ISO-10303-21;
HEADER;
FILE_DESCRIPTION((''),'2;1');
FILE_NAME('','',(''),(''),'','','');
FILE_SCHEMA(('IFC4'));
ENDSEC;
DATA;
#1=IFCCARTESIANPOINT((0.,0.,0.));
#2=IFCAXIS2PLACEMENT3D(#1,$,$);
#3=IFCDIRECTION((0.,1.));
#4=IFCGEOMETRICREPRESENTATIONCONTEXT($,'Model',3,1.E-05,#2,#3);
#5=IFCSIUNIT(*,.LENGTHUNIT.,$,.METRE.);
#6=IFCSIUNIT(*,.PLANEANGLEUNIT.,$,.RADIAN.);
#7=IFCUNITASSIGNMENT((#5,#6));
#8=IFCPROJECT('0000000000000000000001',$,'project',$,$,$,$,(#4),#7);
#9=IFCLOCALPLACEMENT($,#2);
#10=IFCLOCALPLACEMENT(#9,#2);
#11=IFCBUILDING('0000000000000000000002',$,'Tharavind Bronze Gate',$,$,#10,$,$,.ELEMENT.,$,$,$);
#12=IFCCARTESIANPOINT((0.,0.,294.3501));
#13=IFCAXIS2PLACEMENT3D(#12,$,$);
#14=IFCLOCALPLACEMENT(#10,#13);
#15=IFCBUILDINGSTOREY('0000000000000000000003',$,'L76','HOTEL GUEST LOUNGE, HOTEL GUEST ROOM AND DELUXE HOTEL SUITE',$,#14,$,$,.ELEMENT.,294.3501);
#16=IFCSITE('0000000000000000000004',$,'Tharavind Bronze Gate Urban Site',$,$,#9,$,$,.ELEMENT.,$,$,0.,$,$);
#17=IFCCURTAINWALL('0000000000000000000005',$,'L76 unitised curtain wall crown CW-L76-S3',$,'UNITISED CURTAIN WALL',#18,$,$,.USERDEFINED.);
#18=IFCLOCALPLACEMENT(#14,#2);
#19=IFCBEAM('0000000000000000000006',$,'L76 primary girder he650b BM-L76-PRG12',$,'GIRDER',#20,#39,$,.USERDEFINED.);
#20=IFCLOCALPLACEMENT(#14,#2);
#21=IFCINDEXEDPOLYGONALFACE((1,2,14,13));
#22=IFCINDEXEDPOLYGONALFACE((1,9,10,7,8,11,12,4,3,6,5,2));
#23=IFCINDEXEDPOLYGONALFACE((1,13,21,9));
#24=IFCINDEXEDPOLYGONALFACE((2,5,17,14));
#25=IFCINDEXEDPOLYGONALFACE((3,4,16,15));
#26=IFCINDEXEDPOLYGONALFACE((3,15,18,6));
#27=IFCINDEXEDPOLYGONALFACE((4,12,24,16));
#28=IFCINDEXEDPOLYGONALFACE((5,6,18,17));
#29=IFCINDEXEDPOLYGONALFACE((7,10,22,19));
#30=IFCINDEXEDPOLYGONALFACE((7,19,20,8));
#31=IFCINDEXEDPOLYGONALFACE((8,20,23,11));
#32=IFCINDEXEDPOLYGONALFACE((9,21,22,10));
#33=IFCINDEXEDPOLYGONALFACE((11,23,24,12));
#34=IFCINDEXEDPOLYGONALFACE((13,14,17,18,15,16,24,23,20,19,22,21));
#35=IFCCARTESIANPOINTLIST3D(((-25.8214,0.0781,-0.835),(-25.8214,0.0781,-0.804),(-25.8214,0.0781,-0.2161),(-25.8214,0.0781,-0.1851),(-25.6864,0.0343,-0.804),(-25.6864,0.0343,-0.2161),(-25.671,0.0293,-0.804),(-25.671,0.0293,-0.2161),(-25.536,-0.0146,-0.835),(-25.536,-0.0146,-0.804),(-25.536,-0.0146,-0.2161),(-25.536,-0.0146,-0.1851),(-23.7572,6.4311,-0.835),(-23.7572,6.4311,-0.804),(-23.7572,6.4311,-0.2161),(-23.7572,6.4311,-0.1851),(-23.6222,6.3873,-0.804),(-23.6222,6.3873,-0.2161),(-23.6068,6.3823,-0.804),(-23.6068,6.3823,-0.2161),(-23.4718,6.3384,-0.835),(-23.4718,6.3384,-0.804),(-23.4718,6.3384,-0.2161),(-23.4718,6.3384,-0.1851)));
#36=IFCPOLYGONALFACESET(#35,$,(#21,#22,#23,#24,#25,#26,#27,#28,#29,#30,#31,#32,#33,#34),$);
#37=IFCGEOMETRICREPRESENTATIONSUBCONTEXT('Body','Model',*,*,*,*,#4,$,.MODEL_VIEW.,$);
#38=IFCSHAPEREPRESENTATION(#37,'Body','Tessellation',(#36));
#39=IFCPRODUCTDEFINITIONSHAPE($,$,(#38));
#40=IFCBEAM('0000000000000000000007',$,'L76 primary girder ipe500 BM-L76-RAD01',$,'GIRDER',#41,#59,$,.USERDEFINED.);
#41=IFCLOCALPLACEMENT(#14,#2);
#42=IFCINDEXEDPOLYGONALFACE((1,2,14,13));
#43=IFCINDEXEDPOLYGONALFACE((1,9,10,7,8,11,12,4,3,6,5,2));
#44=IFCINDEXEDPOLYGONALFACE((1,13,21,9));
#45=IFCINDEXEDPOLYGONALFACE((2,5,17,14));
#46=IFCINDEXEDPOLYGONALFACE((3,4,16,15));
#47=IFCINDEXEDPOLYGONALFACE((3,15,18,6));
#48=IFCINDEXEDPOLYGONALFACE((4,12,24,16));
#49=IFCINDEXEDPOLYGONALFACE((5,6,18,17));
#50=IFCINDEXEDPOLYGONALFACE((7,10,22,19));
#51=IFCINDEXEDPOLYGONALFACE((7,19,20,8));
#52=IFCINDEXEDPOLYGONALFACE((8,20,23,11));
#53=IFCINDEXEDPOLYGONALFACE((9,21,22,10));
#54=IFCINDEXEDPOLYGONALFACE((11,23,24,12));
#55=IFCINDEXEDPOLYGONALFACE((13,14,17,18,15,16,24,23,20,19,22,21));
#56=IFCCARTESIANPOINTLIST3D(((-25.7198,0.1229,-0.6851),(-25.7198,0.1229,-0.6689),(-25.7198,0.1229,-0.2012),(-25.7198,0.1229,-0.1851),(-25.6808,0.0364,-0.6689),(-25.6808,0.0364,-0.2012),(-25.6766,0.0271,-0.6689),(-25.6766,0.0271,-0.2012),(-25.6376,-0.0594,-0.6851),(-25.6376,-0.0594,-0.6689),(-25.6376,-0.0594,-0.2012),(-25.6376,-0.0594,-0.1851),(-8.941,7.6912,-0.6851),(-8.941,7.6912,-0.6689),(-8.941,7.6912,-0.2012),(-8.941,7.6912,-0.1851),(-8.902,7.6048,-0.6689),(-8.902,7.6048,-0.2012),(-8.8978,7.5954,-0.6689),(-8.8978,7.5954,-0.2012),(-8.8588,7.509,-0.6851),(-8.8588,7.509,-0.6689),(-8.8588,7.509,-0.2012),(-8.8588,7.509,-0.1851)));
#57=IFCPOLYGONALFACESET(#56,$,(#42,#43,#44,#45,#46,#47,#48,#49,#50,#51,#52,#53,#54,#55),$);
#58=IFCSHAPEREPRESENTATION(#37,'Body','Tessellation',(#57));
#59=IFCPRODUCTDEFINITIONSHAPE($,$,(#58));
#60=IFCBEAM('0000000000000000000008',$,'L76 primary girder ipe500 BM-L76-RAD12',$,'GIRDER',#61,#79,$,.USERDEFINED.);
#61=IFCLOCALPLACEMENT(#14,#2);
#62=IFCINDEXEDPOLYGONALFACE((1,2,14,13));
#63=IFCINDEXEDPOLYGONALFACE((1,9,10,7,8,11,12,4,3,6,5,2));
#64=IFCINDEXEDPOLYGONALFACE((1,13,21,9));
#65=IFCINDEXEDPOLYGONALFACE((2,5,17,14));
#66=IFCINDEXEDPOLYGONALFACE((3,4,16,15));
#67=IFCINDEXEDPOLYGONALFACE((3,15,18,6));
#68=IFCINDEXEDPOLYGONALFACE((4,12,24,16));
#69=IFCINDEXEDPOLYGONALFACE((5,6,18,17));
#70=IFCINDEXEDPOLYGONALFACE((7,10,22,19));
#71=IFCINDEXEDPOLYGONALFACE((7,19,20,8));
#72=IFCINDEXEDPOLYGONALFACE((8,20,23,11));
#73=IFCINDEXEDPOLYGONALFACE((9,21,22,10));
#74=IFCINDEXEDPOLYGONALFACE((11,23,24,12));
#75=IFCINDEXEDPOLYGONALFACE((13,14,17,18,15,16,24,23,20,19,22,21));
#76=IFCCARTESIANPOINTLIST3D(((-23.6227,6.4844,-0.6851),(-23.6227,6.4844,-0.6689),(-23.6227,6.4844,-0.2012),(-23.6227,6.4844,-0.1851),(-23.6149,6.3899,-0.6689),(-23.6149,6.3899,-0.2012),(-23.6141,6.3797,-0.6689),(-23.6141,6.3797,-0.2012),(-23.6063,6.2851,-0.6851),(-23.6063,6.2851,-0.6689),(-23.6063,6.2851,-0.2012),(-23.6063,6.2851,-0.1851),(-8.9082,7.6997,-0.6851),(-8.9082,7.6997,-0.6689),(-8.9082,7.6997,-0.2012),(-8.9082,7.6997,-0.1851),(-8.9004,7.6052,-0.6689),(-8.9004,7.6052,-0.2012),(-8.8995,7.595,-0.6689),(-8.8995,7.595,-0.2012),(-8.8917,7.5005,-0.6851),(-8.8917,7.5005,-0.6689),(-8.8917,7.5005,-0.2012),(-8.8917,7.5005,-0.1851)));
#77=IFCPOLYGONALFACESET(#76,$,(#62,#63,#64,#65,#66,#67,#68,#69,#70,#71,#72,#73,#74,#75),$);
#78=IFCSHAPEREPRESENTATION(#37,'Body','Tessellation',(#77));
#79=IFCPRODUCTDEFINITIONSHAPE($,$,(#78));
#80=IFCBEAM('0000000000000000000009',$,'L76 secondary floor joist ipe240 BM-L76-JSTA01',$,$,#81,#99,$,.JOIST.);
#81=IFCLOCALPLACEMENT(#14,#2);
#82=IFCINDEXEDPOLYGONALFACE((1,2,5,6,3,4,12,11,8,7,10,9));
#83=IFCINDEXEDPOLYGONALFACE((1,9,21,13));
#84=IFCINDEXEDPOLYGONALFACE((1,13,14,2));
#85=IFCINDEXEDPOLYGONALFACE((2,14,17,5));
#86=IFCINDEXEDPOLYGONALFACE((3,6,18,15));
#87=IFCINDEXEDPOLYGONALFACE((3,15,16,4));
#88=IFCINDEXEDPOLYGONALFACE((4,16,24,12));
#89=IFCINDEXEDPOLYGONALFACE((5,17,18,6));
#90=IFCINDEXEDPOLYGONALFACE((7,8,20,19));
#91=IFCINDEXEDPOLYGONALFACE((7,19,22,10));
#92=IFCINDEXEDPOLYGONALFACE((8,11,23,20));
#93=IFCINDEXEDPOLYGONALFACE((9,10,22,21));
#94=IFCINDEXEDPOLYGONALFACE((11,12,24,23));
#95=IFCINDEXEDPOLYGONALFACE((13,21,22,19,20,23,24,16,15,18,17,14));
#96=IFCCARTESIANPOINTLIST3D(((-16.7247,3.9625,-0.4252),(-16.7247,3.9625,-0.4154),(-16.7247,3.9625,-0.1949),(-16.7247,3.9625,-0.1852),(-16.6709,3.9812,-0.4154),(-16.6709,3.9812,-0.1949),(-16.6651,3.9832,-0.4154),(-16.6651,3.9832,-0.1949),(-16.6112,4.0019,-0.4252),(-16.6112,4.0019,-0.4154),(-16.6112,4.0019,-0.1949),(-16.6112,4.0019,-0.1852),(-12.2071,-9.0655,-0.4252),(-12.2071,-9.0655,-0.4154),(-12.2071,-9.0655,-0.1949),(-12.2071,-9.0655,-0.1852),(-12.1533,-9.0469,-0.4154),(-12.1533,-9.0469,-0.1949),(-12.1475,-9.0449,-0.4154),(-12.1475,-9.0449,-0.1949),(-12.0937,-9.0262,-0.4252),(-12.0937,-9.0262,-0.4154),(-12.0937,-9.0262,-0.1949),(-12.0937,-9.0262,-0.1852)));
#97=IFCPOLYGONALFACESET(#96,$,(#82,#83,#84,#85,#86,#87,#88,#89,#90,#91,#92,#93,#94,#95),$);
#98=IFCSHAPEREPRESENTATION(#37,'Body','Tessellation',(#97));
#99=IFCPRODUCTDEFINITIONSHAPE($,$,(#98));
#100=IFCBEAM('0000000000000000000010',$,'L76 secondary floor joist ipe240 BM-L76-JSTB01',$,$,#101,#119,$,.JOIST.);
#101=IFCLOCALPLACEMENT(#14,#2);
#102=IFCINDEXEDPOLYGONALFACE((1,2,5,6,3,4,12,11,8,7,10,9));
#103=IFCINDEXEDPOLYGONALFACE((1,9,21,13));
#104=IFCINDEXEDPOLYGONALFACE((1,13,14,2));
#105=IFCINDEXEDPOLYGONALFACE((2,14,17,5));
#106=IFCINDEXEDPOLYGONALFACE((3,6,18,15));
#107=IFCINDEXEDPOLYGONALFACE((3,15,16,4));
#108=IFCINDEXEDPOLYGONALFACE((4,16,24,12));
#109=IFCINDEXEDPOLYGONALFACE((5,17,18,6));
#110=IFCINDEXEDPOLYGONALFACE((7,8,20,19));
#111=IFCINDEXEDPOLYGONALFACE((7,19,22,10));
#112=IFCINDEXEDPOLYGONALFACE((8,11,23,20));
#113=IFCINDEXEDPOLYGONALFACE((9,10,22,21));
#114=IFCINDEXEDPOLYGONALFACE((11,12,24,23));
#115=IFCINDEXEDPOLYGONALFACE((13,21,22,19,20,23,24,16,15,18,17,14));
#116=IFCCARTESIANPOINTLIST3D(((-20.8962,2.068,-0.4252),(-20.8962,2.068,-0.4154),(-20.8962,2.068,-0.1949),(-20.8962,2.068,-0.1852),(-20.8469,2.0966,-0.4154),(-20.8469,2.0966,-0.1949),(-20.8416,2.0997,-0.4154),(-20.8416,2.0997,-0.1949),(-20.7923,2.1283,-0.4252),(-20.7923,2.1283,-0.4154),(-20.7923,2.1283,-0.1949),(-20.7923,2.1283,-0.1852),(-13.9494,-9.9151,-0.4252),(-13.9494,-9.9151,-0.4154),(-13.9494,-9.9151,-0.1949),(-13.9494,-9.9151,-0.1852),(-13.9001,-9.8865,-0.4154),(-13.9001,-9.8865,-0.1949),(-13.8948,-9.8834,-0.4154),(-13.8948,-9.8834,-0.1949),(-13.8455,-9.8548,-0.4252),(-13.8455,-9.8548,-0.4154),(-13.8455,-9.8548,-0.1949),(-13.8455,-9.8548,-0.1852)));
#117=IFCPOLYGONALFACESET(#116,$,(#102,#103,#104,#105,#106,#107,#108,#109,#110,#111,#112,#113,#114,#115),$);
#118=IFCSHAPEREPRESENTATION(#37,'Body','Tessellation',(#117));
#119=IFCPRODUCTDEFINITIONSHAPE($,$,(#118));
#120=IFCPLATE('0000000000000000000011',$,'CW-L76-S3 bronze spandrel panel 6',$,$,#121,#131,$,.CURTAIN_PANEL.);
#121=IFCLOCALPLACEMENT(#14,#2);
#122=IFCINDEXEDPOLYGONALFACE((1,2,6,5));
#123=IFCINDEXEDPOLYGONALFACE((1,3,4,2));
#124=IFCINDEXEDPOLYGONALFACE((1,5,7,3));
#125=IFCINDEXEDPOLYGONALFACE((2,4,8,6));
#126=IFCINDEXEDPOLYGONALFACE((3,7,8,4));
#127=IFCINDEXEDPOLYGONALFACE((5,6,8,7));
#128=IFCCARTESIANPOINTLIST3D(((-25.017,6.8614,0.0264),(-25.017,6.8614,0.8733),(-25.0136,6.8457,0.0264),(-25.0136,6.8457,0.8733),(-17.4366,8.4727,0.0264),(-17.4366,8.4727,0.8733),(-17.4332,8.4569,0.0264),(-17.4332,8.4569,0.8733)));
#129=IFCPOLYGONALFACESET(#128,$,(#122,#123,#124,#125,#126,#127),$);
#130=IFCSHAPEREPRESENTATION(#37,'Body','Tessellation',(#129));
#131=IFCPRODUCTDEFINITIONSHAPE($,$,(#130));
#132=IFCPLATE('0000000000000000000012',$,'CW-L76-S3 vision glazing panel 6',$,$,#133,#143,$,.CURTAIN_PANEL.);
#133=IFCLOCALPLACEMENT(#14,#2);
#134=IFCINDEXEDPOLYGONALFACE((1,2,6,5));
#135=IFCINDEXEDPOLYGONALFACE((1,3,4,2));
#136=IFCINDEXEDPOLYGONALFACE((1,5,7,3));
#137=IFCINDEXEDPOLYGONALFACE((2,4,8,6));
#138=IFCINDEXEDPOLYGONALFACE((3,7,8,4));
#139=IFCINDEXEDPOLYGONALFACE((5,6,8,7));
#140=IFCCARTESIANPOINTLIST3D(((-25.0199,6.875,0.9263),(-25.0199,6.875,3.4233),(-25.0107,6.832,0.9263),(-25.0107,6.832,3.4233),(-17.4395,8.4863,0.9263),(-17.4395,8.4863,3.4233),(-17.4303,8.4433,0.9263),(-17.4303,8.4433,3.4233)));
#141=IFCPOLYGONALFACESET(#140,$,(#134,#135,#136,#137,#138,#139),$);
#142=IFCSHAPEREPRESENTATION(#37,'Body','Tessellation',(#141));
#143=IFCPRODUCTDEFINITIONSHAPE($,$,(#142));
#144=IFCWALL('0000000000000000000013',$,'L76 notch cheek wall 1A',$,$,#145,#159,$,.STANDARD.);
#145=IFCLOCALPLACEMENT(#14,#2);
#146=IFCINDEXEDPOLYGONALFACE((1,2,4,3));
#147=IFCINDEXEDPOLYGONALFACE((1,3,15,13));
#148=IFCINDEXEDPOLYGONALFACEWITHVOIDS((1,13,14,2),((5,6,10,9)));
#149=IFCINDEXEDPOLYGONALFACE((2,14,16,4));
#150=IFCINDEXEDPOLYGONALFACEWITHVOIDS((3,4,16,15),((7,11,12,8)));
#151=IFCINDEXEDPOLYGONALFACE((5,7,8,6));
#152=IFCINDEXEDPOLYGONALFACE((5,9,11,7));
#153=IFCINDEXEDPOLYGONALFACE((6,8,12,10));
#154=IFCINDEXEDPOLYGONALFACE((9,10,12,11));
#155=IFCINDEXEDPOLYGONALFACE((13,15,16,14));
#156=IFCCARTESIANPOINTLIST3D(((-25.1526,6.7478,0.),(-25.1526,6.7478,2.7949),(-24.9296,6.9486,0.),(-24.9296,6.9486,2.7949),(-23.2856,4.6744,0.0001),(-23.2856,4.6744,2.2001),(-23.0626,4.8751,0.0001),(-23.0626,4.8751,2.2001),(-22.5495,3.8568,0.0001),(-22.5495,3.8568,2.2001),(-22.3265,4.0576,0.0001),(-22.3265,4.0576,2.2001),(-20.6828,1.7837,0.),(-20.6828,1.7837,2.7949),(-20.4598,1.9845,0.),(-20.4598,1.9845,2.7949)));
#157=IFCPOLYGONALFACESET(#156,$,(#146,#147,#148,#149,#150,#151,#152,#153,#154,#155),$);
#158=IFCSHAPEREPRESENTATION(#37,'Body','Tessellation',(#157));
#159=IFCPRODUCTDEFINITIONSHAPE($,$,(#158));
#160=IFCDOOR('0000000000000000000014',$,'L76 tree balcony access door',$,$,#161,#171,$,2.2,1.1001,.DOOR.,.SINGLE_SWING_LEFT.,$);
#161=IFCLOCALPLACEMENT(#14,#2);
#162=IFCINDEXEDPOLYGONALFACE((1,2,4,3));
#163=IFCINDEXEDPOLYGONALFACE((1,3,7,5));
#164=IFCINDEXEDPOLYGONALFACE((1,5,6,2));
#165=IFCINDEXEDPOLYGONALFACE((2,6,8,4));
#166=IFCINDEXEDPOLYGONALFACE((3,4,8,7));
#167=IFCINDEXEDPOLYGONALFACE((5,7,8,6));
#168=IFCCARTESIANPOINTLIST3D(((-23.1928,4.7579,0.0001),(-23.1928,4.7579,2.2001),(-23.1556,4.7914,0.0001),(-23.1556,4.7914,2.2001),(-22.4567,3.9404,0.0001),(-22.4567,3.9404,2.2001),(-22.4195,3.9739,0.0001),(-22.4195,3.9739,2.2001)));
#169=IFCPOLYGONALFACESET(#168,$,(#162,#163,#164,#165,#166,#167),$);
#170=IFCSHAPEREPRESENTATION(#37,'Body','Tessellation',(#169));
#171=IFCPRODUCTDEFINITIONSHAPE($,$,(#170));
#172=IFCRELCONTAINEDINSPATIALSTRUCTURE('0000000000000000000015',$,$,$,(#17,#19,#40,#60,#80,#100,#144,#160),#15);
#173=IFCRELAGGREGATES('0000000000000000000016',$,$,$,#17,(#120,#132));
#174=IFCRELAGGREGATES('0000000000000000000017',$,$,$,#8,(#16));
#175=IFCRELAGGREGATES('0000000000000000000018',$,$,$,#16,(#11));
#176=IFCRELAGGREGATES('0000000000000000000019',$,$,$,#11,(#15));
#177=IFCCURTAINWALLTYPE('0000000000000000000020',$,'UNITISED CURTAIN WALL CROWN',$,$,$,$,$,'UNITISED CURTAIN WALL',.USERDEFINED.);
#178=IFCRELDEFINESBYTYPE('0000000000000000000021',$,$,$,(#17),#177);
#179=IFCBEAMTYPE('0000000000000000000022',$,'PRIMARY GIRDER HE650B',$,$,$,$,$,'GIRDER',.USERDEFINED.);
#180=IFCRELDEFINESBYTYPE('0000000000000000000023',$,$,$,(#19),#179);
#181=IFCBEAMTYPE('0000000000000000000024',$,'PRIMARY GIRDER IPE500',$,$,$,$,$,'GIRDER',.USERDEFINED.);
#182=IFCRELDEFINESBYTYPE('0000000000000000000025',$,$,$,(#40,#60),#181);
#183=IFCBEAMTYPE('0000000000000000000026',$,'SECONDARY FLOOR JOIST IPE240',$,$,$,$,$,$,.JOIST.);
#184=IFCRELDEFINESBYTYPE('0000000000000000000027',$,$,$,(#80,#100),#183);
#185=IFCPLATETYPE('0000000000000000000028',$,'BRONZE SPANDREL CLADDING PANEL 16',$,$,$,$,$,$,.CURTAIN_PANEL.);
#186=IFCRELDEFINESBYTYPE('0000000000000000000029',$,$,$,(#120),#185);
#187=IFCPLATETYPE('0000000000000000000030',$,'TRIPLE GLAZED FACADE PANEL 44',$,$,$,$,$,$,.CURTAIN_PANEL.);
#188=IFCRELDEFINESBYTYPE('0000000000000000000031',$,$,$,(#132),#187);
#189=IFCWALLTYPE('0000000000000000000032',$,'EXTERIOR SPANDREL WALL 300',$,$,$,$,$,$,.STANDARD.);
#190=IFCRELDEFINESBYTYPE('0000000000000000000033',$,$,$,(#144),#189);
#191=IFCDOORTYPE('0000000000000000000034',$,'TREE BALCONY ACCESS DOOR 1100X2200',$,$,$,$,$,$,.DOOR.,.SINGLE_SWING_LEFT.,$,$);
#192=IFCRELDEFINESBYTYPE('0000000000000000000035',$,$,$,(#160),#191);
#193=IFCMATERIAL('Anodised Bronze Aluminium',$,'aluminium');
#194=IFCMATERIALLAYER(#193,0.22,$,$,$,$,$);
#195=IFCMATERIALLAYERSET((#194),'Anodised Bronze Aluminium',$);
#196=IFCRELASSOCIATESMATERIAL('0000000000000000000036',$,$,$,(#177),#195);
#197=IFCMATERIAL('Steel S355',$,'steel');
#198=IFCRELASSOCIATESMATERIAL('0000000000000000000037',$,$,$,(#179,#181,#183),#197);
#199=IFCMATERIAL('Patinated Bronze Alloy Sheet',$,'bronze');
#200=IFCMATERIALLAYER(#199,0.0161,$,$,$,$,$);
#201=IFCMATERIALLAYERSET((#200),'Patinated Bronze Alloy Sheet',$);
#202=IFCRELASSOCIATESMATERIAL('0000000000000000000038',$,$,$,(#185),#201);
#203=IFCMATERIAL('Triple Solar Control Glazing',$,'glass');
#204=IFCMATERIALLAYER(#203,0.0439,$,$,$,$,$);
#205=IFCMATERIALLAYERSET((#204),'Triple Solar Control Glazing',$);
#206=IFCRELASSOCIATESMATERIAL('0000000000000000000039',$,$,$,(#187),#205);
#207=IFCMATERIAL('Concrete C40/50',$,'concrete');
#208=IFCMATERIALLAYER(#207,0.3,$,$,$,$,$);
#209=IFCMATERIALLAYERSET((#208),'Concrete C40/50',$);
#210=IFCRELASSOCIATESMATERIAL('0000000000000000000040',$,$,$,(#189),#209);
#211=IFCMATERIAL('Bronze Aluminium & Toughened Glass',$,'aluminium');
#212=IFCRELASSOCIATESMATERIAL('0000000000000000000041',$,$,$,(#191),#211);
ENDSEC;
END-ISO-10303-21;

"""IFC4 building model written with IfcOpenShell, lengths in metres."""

from ifc_helpers import new_model, si_unit, direction, frame, frame_2d, origin, origin_2d, place, context, subcontext, project, spatial, rectangle, i_section, extrude, material, layer, layer_set, material_profile, profile_set, type_object, element, fill, aggregate, save


model = new_model("IFC4")

# Units and contexts
model_context = context("Model", 3, precision=1e-05, world=origin(), true_north=direction((0.0, 1.0)))
body_context = subcontext(model_context, "Body", "Model", "MODEL_VIEW")
ifc_project = project(units=[si_unit("LENGTHUNIT", "METRE"), si_unit("PLANEANGLEUNIT", "RADIAN")], contexts=[model_context])

# Site, building, storey
site_placement = place(None, origin())
site = spatial("IfcSite", under=ifc_project, at=site_placement, Name="Tharavind Bronze Gate Urban Site", CompositionType="ELEMENT", RefElevation=0.0)
building_placement = place(site_placement, origin())
building = spatial("IfcBuilding", under=site, at=building_placement, Name="Tharavind Bronze Gate", CompositionType="ELEMENT")
storey_placement = place(building_placement, frame((0.0, 0.0, 294.3501)))
storey = spatial("IfcBuildingStorey", under=building, at=storey_placement, Name="L76", Description="HOTEL GUEST LOUNGE, HOTEL GUEST ROOM AND DELUXE HOTEL SUITE", CompositionType="ELEMENT", Elevation=294.3501)

# Shared definitions
ifc_material_1 = material(Name="Anodised Bronze Aluminium", Category="aluminium")
ifc_layer_1 = layer(ifc_material_1, 0.22)
ifc_layer_set_1 = layer_set([ifc_layer_1], Name="Anodised Bronze Aluminium")
curtain_wall_type = type_object("IfcCurtainWallType", Name="UNITISED CURTAIN WALL CROWN", ElementType="UNITISED CURTAIN WALL", PredefinedType="USERDEFINED", material=ifc_layer_set_1)

# Curtain wall
curtain_wall_1_placement = place(storey_placement, origin())
curtain_wall_1 = element("IfcCurtainWall", 1, at=curtain_wall_1_placement, inside=storey, type_object=curtain_wall_type, Name="L76 unitised curtain wall crown CW-L76-S3", ObjectType="UNITISED CURTAIN WALL", PredefinedType="USERDEFINED")

# Beams
ifc_material_2 = material(Name="Steel S355", Category="steel")
ifc_material_profile_1 = material_profile(ifc_material_2, i_section(OverallWidth=0.3, OverallDepth=0.6499, WebThickness=0.0161, FlangeThickness=0.031, at=origin_2d()), Name="HE650B")
ifc_profile_set_1 = profile_set([ifc_material_profile_1], Name="Steel S355")
beam_type_1 = type_object("IfcBeamType", Name="PRIMARY GIRDER HE650B", ElementType="GIRDER", PredefinedType="USERDEFINED", material=ifc_profile_set_1)
beam_1_placement = place(storey_placement, frame((-23.6145, 6.3848, -0.51), z_axis=(-0.309015, -0.951057, 0.0), x_axis=(0.951057, -0.309015, 0.0)))
element("IfcBeam", 2, at=beam_1_placement, inside=storey, type_object=beam_type_1, Name="L76 primary girder he650b BM-L76-PRG12", ObjectType="GIRDER", PredefinedType="USERDEFINED", context=body_context, shape_type="SweptSolid", body=[
    extrude(i_section(OverallWidth=0.3, OverallDepth=0.6499, WebThickness=0.0161, FlangeThickness=0.031, at=origin_2d()), origin(), (0.0, 0.0, 1.0), 6.6799),
])
ifc_material_profile_2 = material_profile(ifc_material_2, i_section(OverallWidth=0.2, OverallDepth=0.5, WebThickness=0.0103, FlangeThickness=0.0161, at=origin_2d()), Name="IPE500")
ifc_profile_set_2 = profile_set([ifc_material_profile_2], Name="Steel S355")
beam_type_2 = type_object("IfcBeamType", Name="PRIMARY GIRDER IPE500", ElementType="GIRDER", PredefinedType="USERDEFINED", material=ifc_profile_set_2)
beam_2_placement = place(storey_placement, frame((-25.6787, 0.0317, -0.4351), z_axis=(0.911557, 0.411173, 0.0), x_axis=(-0.411173, 0.911557, 0.0)))
element("IfcBeam", 3, at=beam_2_placement, inside=storey, type_object=beam_type_2, Name="L76 primary girder ipe500 BM-L76-RAD01", ObjectType="GIRDER", PredefinedType="USERDEFINED", context=body_context, shape_type="SweptSolid", body=[
    extrude(i_section(OverallWidth=0.2, OverallDepth=0.5, WebThickness=0.0103, FlangeThickness=0.0161, at=origin_2d()), origin(), (0.0, 0.0, 1.0), 18.4067),
])
beam_3_placement = place(storey_placement, frame((-23.6145, 6.3848, -0.4351), z_axis=(0.996606, 0.082313, 0.0), x_axis=(-0.082313, 0.996606, 0.0)))
element("IfcBeam", 4, at=beam_3_placement, inside=storey, type_object=beam_type_2, Name="L76 primary girder ipe500 BM-L76-RAD12", ObjectType="GIRDER", PredefinedType="USERDEFINED", context=body_context, shape_type="SweptSolid", body=[
    extrude(i_section(OverallWidth=0.2, OverallDepth=0.5, WebThickness=0.0103, FlangeThickness=0.0161, at=origin_2d()), origin(), (0.0, 0.0, 1.0), 14.7646),
])
ifc_material_profile_3 = material_profile(ifc_material_2, i_section(OverallWidth=0.1201, OverallDepth=0.24, WebThickness=0.0061, FlangeThickness=0.0098, at=origin_2d()), Name="IPE240")
ifc_profile_set_3 = profile_set([ifc_material_profile_3], Name="Steel S355")
beam_type_3 = type_object("IfcBeamType", Name="SECONDARY FLOOR JOIST IPE240", PredefinedType="JOIST", material=ifc_profile_set_3)
beam_4_placement = place(storey_placement, frame((-16.668, 3.9822, -0.3052), z_axis=(0.32762, -0.94481, 0.0), x_axis=(0.94481, 0.32762, 0.0)))
element("IfcBeam", 5, at=beam_4_placement, inside=storey, type_object=beam_type_3, Name="L76 secondary floor joist ipe240 BM-L76-JSTA01", PredefinedType="JOIST", context=body_context, shape_type="SweptSolid", body=[
    extrude(i_section(OverallWidth=0.1201, OverallDepth=0.24, WebThickness=0.0061, FlangeThickness=0.0098, at=origin_2d()), origin(), (0.0, 0.0, 1.0), 13.7891),
])
beam_5_placement = place(storey_placement, frame((-20.8442, 2.0981, -0.3052), z_axis=(0.501532, -0.865139, 0.0), x_axis=(0.865139, 0.501532, 0.0)))
element("IfcBeam", 6, at=beam_5_placement, inside=storey, type_object=beam_type_3, Name="L76 secondary floor joist ipe240 BM-L76-JSTB01", PredefinedType="JOIST", context=body_context, shape_type="SweptSolid", body=[
    extrude(i_section(OverallWidth=0.1201, OverallDepth=0.24, WebThickness=0.0061, FlangeThickness=0.0098, at=origin_2d()), origin(), (0.0, 0.0, 1.0), 13.8511),
])

# Plates
ifc_material_3 = material(Name="Patinated Bronze Alloy Sheet", Category="bronze")
ifc_layer_2 = layer(ifc_material_3, 0.0161)
ifc_layer_set_2 = layer_set([ifc_layer_2], Name="Patinated Bronze Alloy Sheet")
plate_type_1 = type_object("IfcPlateType", Name="BRONZE SPANDREL CLADDING PANEL 16", PredefinedType="CURTAIN_PANEL", material=ifc_layer_set_2)
plate_1_placement = place(storey_placement, frame((-21.2251, 7.6592, 0.0264), z_axis=(0.0, 0.0, 1.0), x_axis=(-0.978147, -0.207913, 0.0)))
plate_1 = element("IfcPlate", 7, at=plate_1_placement, type_object=plate_type_1, Name="CW-L76-S3 bronze spandrel panel 6", PredefinedType="CURTAIN_PANEL", context=body_context, shape_type="SweptSolid", body=[
    extrude(rectangle(XDim=7.7498, YDim=0.0161, at=origin_2d()), origin(), (0.0, 0.0, 1.0), 0.8469),
])
ifc_material_4 = material(Name="Triple Solar Control Glazing", Category="glass")
ifc_layer_3 = layer(ifc_material_4, 0.0439)
ifc_layer_set_3 = layer_set([ifc_layer_3], Name="Triple Solar Control Glazing")
plate_type_2 = type_object("IfcPlateType", Name="TRIPLE GLAZED FACADE PANEL 44", PredefinedType="CURTAIN_PANEL", material=ifc_layer_set_3)
plate_2_placement = place(storey_placement, frame((-21.2251, 7.6592, 0.9263), z_axis=(0.0, 0.0, 1.0), x_axis=(-0.978147, -0.207913, 0.0)))
plate_2 = element("IfcPlate", 8, at=plate_2_placement, type_object=plate_type_2, Name="CW-L76-S3 vision glazing panel 6", PredefinedType="CURTAIN_PANEL", context=body_context, shape_type="SweptSolid", body=[
    extrude(rectangle(XDim=7.7498, YDim=0.0439, at=origin_2d()), origin(), (0.0, 0.0, 1.0), 2.4971),
])
aggregate(curtain_wall_1, [plate_1, plate_2])

# Wall, opening, door
ifc_material_5 = material(Name="Concrete C40/50", Category="concrete")
ifc_layer_4 = layer(ifc_material_5, 0.3)
ifc_layer_set_4 = layer_set([ifc_layer_4], Name="Concrete C40/50")
wall_type = type_object("IfcWallType", Name="EXTERIOR SPANDREL WALL 300", PredefinedType="STANDARD", material=ifc_layer_set_4)
wall_1_placement = place(storey_placement, frame((-25.041, 6.8481, 0.0), z_axis=(0.0, 0.0, 1.0), x_axis=(0.669132, -0.743143, 0.0)))
wall_1 = element("IfcWall", 9, at=wall_1_placement, inside=storey, type_object=wall_type, Name="L76 notch cheek wall 1A", PredefinedType="STANDARD", context=body_context, shape_type="SweptSolid", body=[
    extrude(rectangle(XDim=6.6799, YDim=0.3, at=frame_2d((3.3398, 0.0))), origin(), (0.0, 0.0, 1.0), 2.7949),
])
opening_1_placement = place(wall_1_placement, frame((2.79, 0.0, 0.0)))
opening_1 = element("IfcOpeningElement", 10, at=opening_1_placement, cuts=wall_1, PredefinedType="OPENING", context=body_context, shape_type="SweptSolid", body=[
    extrude(rectangle(XDim=1.1001, YDim=2.2, at=frame_2d((0.55, 1.1001))), frame((0.0, 0.1599, 0.0), z_axis=(0.0, -1.0, 0.0), x_axis=(1.0, 0.0, 0.0)), (0.0, 0.0, 1.0), 0.32),
])
ifc_material_6 = material(Name="Bronze Aluminium & Toughened Glass", Category="aluminium")
door_type = type_object("IfcDoorType", Name="TREE BALCONY ACCESS DOOR 1100X2200", OperationType="SINGLE_SWING_LEFT", PredefinedType="DOOR", material=ifc_material_6)
door_placement = place(opening_1_placement, origin())
door = element("IfcDoor", 11, at=door_placement, inside=storey, type_object=door_type, Name="L76 tree balcony access door", OperationType="SINGLE_SWING_LEFT", OverallHeight=2.2, OverallWidth=1.1001, PredefinedType="DOOR", context=body_context, shape_type="SweptSolid", body=[
    extrude(rectangle(XDim=1.1001, YDim=2.2, at=frame_2d((0.55, 1.1001))), frame((0.0, 0.0249, 0.0), z_axis=(0.0, -1.0, 0.0), x_axis=(1.0, 0.0, 0.0)), (0.0, 0.0, 1.0), 0.05),
])
fill(opening_1, door)

save(model, "model.ifc")
